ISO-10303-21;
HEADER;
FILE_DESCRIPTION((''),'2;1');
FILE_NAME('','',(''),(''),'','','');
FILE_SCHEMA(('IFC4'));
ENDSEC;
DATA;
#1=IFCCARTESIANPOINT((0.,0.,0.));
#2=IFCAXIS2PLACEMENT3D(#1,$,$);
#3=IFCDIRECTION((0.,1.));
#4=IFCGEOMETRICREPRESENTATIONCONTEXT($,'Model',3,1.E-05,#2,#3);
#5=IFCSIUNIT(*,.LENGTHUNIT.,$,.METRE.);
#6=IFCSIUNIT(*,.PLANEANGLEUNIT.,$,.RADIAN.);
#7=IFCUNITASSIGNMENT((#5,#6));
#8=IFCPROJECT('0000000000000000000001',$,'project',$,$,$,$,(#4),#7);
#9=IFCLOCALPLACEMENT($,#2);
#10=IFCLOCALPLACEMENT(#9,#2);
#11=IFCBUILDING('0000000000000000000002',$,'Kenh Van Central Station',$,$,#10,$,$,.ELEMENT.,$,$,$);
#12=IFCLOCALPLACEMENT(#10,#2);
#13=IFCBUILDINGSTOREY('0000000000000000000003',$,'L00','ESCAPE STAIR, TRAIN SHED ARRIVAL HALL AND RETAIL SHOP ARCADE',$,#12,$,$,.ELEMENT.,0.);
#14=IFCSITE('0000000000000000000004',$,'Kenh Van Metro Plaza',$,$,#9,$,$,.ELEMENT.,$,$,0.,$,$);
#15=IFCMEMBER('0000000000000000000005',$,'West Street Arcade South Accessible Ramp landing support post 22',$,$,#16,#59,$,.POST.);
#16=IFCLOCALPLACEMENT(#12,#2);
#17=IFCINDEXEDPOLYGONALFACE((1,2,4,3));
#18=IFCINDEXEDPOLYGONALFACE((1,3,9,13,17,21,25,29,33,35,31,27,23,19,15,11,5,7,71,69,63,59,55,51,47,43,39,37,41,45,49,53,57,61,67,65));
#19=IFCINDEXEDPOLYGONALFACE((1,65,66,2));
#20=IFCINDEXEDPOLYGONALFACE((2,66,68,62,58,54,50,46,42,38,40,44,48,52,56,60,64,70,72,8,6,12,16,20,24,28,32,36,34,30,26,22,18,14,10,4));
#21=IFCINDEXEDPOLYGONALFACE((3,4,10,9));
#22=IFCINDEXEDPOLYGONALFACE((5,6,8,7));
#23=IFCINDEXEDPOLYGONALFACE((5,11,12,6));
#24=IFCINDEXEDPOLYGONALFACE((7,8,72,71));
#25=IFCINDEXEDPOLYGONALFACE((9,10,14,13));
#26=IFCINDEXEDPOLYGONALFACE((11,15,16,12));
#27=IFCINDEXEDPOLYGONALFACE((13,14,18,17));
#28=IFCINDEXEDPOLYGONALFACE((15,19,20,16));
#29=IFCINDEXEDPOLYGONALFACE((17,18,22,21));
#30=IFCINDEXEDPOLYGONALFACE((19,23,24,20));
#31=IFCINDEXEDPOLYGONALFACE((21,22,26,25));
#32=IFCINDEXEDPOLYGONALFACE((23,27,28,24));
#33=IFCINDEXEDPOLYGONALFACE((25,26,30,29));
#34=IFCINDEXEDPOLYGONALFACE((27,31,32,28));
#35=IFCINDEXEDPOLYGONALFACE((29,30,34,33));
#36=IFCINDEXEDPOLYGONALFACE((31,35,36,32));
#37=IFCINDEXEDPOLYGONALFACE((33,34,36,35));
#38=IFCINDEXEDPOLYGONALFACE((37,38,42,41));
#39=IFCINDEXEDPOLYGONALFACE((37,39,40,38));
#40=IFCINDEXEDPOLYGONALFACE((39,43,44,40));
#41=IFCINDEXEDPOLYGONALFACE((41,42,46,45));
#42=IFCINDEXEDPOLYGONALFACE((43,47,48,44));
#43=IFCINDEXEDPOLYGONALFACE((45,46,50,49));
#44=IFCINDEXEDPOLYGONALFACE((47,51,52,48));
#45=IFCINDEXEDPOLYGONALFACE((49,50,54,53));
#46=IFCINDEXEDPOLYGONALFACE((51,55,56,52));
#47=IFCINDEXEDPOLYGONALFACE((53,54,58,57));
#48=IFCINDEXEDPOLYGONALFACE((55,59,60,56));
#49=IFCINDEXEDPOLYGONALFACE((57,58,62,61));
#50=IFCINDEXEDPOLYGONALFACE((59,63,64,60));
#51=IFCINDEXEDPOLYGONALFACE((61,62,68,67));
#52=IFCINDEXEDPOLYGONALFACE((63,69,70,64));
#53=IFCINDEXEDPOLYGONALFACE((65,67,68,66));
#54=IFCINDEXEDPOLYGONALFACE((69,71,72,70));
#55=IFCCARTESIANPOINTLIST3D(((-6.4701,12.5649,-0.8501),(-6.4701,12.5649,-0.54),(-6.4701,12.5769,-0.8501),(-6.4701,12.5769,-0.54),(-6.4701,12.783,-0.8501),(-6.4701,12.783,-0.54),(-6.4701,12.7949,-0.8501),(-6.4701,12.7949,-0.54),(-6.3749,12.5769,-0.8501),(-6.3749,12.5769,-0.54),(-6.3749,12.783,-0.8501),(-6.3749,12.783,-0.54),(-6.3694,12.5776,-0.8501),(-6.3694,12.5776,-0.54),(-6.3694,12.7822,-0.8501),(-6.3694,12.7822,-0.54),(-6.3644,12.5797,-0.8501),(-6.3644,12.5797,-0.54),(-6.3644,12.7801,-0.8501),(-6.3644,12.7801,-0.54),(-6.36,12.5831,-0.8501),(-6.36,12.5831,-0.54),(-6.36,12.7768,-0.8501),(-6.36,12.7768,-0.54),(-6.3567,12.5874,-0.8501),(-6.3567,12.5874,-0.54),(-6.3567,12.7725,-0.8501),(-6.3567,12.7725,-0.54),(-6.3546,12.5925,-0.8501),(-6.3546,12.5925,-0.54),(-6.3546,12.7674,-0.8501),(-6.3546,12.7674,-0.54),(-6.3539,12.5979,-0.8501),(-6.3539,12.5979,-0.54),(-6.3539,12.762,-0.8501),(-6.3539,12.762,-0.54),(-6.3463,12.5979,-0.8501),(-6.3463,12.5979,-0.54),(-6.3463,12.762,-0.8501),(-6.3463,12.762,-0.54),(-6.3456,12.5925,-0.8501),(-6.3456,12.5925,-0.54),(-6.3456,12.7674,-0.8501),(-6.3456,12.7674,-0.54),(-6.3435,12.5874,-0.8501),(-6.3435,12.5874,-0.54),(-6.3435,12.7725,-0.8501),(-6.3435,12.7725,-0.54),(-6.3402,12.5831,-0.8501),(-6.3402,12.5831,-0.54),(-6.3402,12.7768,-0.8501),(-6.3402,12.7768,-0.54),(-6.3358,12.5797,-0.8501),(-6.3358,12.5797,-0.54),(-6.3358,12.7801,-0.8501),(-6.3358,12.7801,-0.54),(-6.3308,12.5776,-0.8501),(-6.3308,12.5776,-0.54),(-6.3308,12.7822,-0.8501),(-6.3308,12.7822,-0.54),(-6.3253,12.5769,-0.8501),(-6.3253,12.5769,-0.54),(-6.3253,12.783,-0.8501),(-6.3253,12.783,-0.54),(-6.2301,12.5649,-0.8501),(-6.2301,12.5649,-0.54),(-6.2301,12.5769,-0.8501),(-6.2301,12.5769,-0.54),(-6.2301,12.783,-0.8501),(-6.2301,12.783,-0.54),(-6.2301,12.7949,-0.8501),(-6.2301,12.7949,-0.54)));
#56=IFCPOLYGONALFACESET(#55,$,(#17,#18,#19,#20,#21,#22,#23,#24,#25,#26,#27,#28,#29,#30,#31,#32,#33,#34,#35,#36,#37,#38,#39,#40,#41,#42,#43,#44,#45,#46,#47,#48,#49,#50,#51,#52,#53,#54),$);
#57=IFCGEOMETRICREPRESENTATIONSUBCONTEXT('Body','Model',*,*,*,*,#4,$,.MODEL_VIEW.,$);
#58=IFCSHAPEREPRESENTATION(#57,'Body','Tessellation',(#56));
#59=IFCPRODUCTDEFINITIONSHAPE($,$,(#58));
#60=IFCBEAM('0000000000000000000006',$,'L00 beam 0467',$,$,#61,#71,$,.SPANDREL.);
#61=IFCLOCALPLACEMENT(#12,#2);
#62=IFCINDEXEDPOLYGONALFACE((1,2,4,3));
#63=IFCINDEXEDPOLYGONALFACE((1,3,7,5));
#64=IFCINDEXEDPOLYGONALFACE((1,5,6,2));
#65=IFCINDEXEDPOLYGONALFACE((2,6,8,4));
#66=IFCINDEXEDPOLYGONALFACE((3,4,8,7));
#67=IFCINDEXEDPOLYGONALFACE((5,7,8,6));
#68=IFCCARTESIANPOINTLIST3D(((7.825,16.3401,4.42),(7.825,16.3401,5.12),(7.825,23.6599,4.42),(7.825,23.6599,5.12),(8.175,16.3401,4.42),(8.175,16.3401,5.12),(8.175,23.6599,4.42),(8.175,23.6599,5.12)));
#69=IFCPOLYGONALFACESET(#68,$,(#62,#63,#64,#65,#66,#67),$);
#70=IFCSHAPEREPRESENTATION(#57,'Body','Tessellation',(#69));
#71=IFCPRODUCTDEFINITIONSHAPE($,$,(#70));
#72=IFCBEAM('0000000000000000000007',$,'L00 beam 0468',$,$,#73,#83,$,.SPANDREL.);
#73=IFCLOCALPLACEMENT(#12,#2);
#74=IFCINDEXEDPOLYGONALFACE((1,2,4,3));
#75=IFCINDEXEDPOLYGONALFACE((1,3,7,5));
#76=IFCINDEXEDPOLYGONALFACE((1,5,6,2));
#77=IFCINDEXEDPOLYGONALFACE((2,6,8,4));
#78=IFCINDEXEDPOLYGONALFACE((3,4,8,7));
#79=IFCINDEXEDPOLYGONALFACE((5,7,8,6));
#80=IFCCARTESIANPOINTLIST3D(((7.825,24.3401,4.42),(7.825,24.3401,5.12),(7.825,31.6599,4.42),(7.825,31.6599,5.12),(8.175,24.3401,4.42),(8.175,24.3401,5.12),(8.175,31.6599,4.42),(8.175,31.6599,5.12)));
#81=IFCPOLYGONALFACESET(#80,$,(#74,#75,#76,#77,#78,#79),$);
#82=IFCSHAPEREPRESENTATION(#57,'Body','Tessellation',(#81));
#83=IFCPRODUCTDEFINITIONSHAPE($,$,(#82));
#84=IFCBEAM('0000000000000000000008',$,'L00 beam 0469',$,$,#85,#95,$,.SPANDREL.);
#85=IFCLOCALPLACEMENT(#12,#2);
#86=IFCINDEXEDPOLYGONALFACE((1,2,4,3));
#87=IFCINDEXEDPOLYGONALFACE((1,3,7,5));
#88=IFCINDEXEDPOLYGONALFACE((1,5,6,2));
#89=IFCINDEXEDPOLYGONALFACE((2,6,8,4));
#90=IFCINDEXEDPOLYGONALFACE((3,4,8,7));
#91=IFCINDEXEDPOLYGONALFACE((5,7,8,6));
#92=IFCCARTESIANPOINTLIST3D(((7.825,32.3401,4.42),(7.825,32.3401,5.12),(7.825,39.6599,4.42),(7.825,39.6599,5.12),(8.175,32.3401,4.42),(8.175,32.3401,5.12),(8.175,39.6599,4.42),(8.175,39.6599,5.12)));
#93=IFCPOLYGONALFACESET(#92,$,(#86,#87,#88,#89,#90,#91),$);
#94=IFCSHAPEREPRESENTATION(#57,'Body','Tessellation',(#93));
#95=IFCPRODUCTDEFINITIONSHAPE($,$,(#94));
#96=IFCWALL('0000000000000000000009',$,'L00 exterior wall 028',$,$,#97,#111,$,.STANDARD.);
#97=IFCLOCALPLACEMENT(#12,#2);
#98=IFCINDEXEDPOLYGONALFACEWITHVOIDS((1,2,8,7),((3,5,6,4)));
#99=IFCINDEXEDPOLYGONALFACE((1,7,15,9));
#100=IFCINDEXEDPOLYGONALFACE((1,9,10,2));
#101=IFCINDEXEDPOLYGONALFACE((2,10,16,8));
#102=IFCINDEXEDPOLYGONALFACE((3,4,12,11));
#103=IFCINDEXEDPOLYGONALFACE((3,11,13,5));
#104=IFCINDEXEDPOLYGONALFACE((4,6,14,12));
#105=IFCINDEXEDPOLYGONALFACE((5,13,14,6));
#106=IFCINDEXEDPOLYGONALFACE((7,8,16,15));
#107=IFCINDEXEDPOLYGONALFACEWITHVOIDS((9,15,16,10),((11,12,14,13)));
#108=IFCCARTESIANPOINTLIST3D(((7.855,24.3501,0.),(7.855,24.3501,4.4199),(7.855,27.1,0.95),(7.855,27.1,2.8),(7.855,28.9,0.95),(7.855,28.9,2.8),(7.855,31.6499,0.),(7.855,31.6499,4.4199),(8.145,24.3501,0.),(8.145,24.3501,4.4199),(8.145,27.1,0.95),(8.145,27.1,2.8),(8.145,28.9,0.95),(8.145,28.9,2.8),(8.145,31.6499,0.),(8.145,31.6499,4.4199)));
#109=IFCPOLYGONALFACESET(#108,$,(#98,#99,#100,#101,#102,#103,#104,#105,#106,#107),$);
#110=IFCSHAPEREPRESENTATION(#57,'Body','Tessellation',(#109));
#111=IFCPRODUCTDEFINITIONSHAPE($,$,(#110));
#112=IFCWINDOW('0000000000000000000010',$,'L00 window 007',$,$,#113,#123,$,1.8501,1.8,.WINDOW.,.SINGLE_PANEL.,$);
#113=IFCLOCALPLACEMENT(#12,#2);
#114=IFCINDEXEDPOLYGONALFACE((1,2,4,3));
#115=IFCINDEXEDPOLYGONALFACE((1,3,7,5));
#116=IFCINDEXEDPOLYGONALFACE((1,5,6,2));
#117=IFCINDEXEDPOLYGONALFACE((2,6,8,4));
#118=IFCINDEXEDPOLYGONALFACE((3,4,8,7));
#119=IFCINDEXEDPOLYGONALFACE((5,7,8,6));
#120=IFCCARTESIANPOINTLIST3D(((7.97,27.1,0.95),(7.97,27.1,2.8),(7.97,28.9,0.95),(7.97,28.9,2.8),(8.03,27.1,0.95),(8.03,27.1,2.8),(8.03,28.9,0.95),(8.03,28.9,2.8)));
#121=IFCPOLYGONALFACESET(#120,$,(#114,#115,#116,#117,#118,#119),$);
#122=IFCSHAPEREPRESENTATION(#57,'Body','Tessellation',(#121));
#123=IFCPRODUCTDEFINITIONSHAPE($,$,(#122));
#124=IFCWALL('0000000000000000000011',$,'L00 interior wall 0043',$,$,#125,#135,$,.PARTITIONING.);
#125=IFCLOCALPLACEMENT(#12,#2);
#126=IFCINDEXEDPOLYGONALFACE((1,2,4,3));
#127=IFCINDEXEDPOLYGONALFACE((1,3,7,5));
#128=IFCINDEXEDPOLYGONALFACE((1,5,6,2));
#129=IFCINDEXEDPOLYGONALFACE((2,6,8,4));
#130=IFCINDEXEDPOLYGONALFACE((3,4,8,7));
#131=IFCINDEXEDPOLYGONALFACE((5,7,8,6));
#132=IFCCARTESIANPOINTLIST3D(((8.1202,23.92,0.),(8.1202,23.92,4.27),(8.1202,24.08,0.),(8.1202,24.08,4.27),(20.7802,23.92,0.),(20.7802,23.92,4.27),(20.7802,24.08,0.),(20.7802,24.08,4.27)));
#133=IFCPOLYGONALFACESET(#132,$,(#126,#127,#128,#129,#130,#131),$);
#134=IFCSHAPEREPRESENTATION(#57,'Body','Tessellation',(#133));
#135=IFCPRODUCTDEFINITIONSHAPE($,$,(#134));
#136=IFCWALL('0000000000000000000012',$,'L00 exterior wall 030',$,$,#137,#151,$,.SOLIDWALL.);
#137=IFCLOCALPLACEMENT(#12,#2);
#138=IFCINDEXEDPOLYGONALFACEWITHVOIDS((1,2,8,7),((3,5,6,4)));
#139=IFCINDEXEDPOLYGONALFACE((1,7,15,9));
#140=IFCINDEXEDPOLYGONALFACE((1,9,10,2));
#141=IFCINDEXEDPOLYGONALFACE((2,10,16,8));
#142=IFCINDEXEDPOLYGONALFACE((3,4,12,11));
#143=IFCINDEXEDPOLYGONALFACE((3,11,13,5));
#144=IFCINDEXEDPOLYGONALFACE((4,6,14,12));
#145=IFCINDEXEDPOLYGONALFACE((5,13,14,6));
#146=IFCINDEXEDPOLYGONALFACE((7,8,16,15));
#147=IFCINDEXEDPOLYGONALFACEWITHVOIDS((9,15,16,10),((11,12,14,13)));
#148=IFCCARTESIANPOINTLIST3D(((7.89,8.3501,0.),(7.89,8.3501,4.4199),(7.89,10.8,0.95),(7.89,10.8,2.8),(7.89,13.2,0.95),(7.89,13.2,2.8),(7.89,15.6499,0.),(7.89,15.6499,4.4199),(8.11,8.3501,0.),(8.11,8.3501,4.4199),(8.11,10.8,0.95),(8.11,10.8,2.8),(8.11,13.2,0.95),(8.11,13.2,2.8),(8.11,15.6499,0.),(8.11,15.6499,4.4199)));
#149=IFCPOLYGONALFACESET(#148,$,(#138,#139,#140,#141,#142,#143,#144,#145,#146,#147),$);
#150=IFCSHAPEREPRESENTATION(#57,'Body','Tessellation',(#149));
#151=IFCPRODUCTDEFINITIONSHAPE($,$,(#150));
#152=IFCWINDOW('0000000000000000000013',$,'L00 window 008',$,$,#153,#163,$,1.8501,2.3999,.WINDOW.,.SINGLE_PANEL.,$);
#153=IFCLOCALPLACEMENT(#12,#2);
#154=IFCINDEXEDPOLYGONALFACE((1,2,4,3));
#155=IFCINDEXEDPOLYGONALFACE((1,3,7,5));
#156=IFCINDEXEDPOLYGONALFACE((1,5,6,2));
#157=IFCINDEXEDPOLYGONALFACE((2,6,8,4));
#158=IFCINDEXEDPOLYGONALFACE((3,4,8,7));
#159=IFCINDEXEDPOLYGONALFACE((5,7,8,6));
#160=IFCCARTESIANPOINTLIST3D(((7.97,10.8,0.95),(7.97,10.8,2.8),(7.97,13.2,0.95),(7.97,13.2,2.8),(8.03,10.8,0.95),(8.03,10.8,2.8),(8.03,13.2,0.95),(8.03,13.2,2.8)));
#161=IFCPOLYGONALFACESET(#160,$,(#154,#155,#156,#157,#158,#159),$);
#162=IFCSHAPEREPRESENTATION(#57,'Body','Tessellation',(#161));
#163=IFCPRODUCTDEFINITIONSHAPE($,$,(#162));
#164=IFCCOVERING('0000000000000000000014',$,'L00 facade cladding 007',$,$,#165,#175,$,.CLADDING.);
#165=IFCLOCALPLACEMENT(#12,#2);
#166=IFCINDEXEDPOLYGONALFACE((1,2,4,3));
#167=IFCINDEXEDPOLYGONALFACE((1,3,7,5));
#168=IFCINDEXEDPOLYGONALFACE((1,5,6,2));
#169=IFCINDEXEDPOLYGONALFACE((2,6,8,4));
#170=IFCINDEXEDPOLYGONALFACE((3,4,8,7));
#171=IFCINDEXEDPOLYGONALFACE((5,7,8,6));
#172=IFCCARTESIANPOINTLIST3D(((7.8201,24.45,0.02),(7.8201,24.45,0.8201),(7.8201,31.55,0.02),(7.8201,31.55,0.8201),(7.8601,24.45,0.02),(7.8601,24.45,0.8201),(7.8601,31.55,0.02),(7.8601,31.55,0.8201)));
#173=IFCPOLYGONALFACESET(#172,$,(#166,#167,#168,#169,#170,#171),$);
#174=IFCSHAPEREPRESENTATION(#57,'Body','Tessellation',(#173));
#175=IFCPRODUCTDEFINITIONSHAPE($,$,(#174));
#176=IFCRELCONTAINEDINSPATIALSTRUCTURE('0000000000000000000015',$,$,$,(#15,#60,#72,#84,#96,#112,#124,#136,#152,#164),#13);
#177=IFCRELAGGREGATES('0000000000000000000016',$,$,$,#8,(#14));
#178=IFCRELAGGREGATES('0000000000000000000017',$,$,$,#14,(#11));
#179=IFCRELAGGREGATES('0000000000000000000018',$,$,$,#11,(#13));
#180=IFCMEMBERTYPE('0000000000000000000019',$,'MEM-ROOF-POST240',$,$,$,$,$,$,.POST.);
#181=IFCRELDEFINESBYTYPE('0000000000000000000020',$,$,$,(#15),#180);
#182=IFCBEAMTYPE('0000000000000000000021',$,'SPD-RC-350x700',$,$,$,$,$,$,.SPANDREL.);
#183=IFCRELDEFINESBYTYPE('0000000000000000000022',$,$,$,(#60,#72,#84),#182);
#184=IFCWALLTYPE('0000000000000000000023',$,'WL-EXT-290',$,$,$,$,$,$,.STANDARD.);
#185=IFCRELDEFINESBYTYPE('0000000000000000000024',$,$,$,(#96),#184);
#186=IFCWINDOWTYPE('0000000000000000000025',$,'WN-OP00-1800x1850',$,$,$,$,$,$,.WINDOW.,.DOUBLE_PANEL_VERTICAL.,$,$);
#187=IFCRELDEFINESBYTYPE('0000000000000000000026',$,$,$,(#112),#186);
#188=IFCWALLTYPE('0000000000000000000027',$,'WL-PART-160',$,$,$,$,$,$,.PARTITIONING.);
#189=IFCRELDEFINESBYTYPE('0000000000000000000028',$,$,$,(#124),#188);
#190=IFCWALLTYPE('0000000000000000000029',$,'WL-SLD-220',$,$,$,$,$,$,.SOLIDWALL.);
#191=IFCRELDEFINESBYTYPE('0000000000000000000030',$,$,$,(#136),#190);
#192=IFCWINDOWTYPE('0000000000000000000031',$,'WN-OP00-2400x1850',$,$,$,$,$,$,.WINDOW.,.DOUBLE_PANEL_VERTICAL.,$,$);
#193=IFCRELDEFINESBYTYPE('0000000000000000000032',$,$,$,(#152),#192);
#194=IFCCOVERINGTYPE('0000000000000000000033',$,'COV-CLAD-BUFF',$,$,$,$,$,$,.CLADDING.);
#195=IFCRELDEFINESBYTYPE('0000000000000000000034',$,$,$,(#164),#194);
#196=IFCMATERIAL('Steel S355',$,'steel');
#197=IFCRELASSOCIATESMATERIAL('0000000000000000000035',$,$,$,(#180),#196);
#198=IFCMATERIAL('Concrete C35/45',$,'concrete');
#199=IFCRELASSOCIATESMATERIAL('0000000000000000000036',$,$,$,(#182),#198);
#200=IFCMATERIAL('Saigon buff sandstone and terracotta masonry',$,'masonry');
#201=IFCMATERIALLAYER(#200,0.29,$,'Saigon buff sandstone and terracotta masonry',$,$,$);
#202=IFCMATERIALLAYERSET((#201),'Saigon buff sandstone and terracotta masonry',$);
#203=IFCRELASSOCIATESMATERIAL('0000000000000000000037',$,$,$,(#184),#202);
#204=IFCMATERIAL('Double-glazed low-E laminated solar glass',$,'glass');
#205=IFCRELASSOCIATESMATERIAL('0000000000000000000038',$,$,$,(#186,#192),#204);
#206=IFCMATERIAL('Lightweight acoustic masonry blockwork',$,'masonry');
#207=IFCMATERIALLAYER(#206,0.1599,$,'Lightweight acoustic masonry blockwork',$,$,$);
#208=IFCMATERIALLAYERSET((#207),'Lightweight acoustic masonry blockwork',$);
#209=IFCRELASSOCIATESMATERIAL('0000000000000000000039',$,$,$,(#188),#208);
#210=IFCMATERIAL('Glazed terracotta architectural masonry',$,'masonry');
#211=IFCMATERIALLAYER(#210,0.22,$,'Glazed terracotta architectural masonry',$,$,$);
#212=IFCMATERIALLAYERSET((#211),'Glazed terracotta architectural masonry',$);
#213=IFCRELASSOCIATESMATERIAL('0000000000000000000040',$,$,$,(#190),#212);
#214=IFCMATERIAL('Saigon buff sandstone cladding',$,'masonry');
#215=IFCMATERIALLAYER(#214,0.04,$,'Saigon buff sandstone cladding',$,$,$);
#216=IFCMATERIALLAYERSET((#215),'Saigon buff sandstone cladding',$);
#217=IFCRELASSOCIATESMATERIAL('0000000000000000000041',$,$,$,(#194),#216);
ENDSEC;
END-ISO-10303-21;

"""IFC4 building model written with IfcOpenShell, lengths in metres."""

from ifc_helpers import new_model, si_unit, direction, frame, frame_2d, origin, origin_2d, place, context, subcontext, project, spatial, rectangle, i_section, extrude, material, layer, layer_set, material_profile, profile_set, type_object, element, fill, save


model = new_model("IFC4")

# Units and contexts
model_context = context("Model", 3, precision=1e-05, world=origin(), true_north=direction((0.0, 1.0)))
body_context = subcontext(model_context, "Body", "Model", "MODEL_VIEW")
ifc_project = project(units=[si_unit("LENGTHUNIT", "METRE"), si_unit("PLANEANGLEUNIT", "RADIAN")], contexts=[model_context])

# Site, building, storey
site_placement = place(None, origin())
site = spatial("IfcSite", under=ifc_project, at=site_placement, Name="Kenh Van Metro Plaza", CompositionType="ELEMENT", RefElevation=0.0)
building_placement = place(site_placement, origin())
building = spatial("IfcBuilding", under=site, at=building_placement, Name="Kenh Van Central Station", CompositionType="ELEMENT")
storey_placement = place(building_placement, origin())
storey = spatial("IfcBuildingStorey", under=building, at=storey_placement, Name="L00", Description="ESCAPE STAIR, TRAIN SHED ARRIVAL HALL AND RETAIL SHOP ARCADE", CompositionType="ELEMENT", Elevation=0.0)

# Shared definitions
ifc_material_1 = material(Name="Concrete C35/45", Category="concrete")

# Member
ifc_material_2 = material(Name="Steel S355", Category="steel")
ifc_material_profile_1 = material_profile(ifc_material_2, i_section(OverallWidth=0.24, OverallDepth=0.23, WebThickness=0.0076, FlangeThickness=0.012, FilletRadius=0.021, at=origin_2d()), Name="HEA 240")
ifc_profile_set_1 = profile_set([ifc_material_profile_1], Name="Steel S355")
member_type = type_object("IfcMemberType", Name="MEM-ROOF-POST240", PredefinedType="POST", material=ifc_profile_set_1)
for number, where, z_axis, x_axis, name in (
    (1, (-6.3501, 12.6799, -0.8501), (0.0, 0.0, 1.0), (1.0, 0.0, 0.0), "West Street Arcade South Accessible Ramp landing support post 22"),
):
    element("IfcMember", number, at=place(storey_placement, frame(where, z_axis=z_axis, x_axis=x_axis)), inside=storey, type_object=member_type, Name=name, PredefinedType="POST", context=body_context, shape_type="SweptSolid", body=[
        extrude(i_section(OverallWidth=0.24, OverallDepth=0.23, WebThickness=0.0076, FlangeThickness=0.012, FilletRadius=0.021, at=origin_2d()), origin(), (0.0, 0.0, 1.0), 0.3101),
    ])

# Beams
ifc_material_profile_2 = material_profile(ifc_material_1, rectangle(XDim=0.3501, YDim=0.7, at=origin_2d()), Name="RC 350x700")
ifc_profile_set_2 = profile_set([ifc_material_profile_2], Name="Concrete C35/45")
beam_type_1 = type_object("IfcBeamType", Name="SPD-RC-350x700", PredefinedType="SPANDREL", material=ifc_profile_set_2)
for number, where, z_axis, x_axis, name in (
    (2, (8.0, 16.3401, 4.77), (0.0, 1.0, 0.0), (-1.0, 0.0, 0.0), "L00 beam 0467"),
    (3, (8.0, 24.3401, 4.77), (0.0, 1.0, 0.0), (-1.0, 0.0, 0.0), "L00 beam 0468"),
    (4, (8.0, 32.3401, 4.77), (0.0, 1.0, 0.0), (-1.0, 0.0, 0.0), "L00 beam 0469"),
):
    element("IfcBeam", number, at=place(storey_placement, frame(where, z_axis=z_axis, x_axis=x_axis)), inside=storey, type_object=beam_type_1, Name=name, PredefinedType="SPANDREL", context=body_context, shape_type="SweptSolid", body=[
        extrude(rectangle(XDim=0.3501, YDim=0.7, at=origin_2d()), origin(), (0.0, 0.0, 1.0), 7.3198),
    ])

# Wall, opening, window
ifc_material_3 = material(Name="Saigon buff sandstone and terracotta masonry", Category="masonry")
ifc_layer_1 = layer(ifc_material_3, 0.29, Name="Saigon buff sandstone and terracotta masonry")
ifc_layer_set_1 = layer_set([ifc_layer_1], Name="Saigon buff sandstone and terracotta masonry")
wall_type_1 = type_object("IfcWallType", Name="WL-EXT-290", PredefinedType="STANDARD", material=ifc_layer_set_1)
wall_1_placement = place(storey_placement, frame((8.0, 31.6499, 0.0), z_axis=(0.0, 0.0, 1.0), x_axis=(0.0, -1.0, 0.0)))
wall_1 = element("IfcWall", 5, at=wall_1_placement, inside=storey, type_object=wall_type_1, Name="L00 exterior wall 028", PredefinedType="STANDARD", context=body_context, shape_type="SweptSolid", body=[
    extrude(rectangle(XDim=7.2998, YDim=0.29, at=frame_2d((3.6499, 0.0))), origin(), (0.0, 0.0, 1.0), 4.4199),
])
opening_1_placement = place(wall_1_placement, frame((2.75, 0.0, 0.95)))
opening_1 = element("IfcOpeningElement", 6, at=opening_1_placement, cuts=wall_1, PredefinedType="OPENING", context=body_context, shape_type="SweptSolid", body=[
    extrude(rectangle(XDim=1.8, YDim=1.8501, at=frame_2d((0.8999, 0.925))), frame((0.0, 0.155, 0.0), z_axis=(0.0, -1.0, 0.0), x_axis=(1.0, 0.0, 0.0)), (0.0, 0.0, 1.0), 0.3101),
])
ifc_material_4 = material(Name="Double-glazed low-E laminated solar glass", Category="glass")
window_type_1 = type_object("IfcWindowType", Name="WN-OP00-1800x1850", PartitioningType="DOUBLE_PANEL_VERTICAL", PredefinedType="WINDOW", material=ifc_material_4)
window_1_placement = place(opening_1_placement, origin())
window_1 = element("IfcWindow", 7, at=window_1_placement, inside=storey, type_object=window_type_1, Name="L00 window 007", OverallHeight=1.8501, OverallWidth=1.8, PartitioningType="SINGLE_PANEL", PredefinedType="WINDOW", context=body_context, shape_type="SweptSolid", body=[
    extrude(rectangle(XDim=1.8, YDim=1.8501, at=frame_2d((0.8999, 0.925))), frame((0.0, 0.03, 0.0), z_axis=(0.0, -1.0, 0.0), x_axis=(1.0, 0.0, 0.0)), (0.0, 0.0, 1.0), 0.0601),
])
fill(opening_1, window_1)

# Wall
ifc_material_5 = material(Name="Lightweight acoustic masonry blockwork", Category="masonry")
ifc_layer_2 = layer(ifc_material_5, 0.1599, Name="Lightweight acoustic masonry blockwork")
ifc_layer_set_2 = layer_set([ifc_layer_2], Name="Lightweight acoustic masonry blockwork")
wall_type_2 = type_object("IfcWallType", Name="WL-PART-160", PredefinedType="PARTITIONING", material=ifc_layer_set_2)
wall_2_placement = place(storey_placement, frame((8.1201, 24.0, 0.0), z_axis=(0.0, 0.0, 1.0), x_axis=(1.0, 0.0, 0.0)))
element("IfcWall", 8, at=wall_2_placement, inside=storey, type_object=wall_type_2, Name="L00 interior wall 0043", PredefinedType="PARTITIONING", context=body_context, shape_type="SweptSolid", body=[
    extrude(rectangle(XDim=12.6599, YDim=0.1599, at=frame_2d((6.3301, 0.0))), origin(), (0.0, 0.0, 1.0), 4.27),
])

# Wall, opening, window
ifc_material_6 = material(Name="Glazed terracotta architectural masonry", Category="masonry")
ifc_layer_3 = layer(ifc_material_6, 0.22, Name="Glazed terracotta architectural masonry")
ifc_layer_set_3 = layer_set([ifc_layer_3], Name="Glazed terracotta architectural masonry")
wall_type_3 = type_object("IfcWallType", Name="WL-SLD-220", PredefinedType="SOLIDWALL", material=ifc_layer_set_3)
wall_3_placement = place(storey_placement, frame((8.0, 15.6499, 0.0), z_axis=(0.0, 0.0, 1.0), x_axis=(0.0, -1.0, 0.0)))
wall_3 = element("IfcWall", 9, at=wall_3_placement, inside=storey, type_object=wall_type_3, Name="L00 exterior wall 030", PredefinedType="SOLIDWALL", context=body_context, shape_type="SweptSolid", body=[
    extrude(rectangle(XDim=7.2998, YDim=0.22, at=frame_2d((3.6499, 0.0))), origin(), (0.0, 0.0, 1.0), 4.4199),
])
opening_2_placement = place(wall_3_placement, frame((2.45, 0.0, 0.95)))
opening_2 = element("IfcOpeningElement", 10, at=opening_2_placement, cuts=wall_3, PredefinedType="OPENING", context=body_context, shape_type="SweptSolid", body=[
    extrude(rectangle(XDim=2.3999, YDim=1.8501, at=frame_2d((1.2, 0.925))), frame((0.0, 0.1199, 0.0), z_axis=(0.0, -1.0, 0.0), x_axis=(1.0, 0.0, 0.0)), (0.0, 0.0, 1.0), 0.24),
])
window_type_2 = type_object("IfcWindowType", Name="WN-OP00-2400x1850", PartitioningType="DOUBLE_PANEL_VERTICAL", PredefinedType="WINDOW", material=ifc_material_4)
window_2_placement = place(opening_2_placement, origin())
window_2 = element("IfcWindow", 11, at=window_2_placement, inside=storey, type_object=window_type_2, Name="L00 window 008", OverallHeight=1.8501, OverallWidth=2.3999, PartitioningType="SINGLE_PANEL", PredefinedType="WINDOW", context=body_context, shape_type="SweptSolid", body=[
    extrude(rectangle(XDim=2.3999, YDim=1.8501, at=frame_2d((1.2, 0.925))), frame((0.0, 0.03, 0.0), z_axis=(0.0, -1.0, 0.0), x_axis=(1.0, 0.0, 0.0)), (0.0, 0.0, 1.0), 0.0601),
])
fill(opening_2, window_2)

# Covering
ifc_material_7 = material(Name="Saigon buff sandstone cladding", Category="masonry")
ifc_layer_4 = layer(ifc_material_7, 0.04, Name="Saigon buff sandstone cladding")
ifc_layer_set_4 = layer_set([ifc_layer_4], Name="Saigon buff sandstone cladding")
covering_type_1 = type_object("IfcCoveringType", Name="COV-CLAD-BUFF", PredefinedType="CLADDING", material=ifc_layer_set_4)
covering_1_placement = place(storey_placement, frame((7.8401, 28.0, 0.02), z_axis=(0.0, 0.0, 1.0), x_axis=(0.0, -1.0, 0.0)))
element("IfcCovering", 12, at=covering_1_placement, inside=storey, type_object=covering_type_1, Name="L00 facade cladding 007", PredefinedType="CLADDING", context=body_context, shape_type="SweptSolid", body=[
    extrude(rectangle(XDim=7.1001, YDim=0.04, at=origin_2d()), origin(), (0.0, 0.0, 1.0), 0.8),
])

save(model, "model.ifc")
